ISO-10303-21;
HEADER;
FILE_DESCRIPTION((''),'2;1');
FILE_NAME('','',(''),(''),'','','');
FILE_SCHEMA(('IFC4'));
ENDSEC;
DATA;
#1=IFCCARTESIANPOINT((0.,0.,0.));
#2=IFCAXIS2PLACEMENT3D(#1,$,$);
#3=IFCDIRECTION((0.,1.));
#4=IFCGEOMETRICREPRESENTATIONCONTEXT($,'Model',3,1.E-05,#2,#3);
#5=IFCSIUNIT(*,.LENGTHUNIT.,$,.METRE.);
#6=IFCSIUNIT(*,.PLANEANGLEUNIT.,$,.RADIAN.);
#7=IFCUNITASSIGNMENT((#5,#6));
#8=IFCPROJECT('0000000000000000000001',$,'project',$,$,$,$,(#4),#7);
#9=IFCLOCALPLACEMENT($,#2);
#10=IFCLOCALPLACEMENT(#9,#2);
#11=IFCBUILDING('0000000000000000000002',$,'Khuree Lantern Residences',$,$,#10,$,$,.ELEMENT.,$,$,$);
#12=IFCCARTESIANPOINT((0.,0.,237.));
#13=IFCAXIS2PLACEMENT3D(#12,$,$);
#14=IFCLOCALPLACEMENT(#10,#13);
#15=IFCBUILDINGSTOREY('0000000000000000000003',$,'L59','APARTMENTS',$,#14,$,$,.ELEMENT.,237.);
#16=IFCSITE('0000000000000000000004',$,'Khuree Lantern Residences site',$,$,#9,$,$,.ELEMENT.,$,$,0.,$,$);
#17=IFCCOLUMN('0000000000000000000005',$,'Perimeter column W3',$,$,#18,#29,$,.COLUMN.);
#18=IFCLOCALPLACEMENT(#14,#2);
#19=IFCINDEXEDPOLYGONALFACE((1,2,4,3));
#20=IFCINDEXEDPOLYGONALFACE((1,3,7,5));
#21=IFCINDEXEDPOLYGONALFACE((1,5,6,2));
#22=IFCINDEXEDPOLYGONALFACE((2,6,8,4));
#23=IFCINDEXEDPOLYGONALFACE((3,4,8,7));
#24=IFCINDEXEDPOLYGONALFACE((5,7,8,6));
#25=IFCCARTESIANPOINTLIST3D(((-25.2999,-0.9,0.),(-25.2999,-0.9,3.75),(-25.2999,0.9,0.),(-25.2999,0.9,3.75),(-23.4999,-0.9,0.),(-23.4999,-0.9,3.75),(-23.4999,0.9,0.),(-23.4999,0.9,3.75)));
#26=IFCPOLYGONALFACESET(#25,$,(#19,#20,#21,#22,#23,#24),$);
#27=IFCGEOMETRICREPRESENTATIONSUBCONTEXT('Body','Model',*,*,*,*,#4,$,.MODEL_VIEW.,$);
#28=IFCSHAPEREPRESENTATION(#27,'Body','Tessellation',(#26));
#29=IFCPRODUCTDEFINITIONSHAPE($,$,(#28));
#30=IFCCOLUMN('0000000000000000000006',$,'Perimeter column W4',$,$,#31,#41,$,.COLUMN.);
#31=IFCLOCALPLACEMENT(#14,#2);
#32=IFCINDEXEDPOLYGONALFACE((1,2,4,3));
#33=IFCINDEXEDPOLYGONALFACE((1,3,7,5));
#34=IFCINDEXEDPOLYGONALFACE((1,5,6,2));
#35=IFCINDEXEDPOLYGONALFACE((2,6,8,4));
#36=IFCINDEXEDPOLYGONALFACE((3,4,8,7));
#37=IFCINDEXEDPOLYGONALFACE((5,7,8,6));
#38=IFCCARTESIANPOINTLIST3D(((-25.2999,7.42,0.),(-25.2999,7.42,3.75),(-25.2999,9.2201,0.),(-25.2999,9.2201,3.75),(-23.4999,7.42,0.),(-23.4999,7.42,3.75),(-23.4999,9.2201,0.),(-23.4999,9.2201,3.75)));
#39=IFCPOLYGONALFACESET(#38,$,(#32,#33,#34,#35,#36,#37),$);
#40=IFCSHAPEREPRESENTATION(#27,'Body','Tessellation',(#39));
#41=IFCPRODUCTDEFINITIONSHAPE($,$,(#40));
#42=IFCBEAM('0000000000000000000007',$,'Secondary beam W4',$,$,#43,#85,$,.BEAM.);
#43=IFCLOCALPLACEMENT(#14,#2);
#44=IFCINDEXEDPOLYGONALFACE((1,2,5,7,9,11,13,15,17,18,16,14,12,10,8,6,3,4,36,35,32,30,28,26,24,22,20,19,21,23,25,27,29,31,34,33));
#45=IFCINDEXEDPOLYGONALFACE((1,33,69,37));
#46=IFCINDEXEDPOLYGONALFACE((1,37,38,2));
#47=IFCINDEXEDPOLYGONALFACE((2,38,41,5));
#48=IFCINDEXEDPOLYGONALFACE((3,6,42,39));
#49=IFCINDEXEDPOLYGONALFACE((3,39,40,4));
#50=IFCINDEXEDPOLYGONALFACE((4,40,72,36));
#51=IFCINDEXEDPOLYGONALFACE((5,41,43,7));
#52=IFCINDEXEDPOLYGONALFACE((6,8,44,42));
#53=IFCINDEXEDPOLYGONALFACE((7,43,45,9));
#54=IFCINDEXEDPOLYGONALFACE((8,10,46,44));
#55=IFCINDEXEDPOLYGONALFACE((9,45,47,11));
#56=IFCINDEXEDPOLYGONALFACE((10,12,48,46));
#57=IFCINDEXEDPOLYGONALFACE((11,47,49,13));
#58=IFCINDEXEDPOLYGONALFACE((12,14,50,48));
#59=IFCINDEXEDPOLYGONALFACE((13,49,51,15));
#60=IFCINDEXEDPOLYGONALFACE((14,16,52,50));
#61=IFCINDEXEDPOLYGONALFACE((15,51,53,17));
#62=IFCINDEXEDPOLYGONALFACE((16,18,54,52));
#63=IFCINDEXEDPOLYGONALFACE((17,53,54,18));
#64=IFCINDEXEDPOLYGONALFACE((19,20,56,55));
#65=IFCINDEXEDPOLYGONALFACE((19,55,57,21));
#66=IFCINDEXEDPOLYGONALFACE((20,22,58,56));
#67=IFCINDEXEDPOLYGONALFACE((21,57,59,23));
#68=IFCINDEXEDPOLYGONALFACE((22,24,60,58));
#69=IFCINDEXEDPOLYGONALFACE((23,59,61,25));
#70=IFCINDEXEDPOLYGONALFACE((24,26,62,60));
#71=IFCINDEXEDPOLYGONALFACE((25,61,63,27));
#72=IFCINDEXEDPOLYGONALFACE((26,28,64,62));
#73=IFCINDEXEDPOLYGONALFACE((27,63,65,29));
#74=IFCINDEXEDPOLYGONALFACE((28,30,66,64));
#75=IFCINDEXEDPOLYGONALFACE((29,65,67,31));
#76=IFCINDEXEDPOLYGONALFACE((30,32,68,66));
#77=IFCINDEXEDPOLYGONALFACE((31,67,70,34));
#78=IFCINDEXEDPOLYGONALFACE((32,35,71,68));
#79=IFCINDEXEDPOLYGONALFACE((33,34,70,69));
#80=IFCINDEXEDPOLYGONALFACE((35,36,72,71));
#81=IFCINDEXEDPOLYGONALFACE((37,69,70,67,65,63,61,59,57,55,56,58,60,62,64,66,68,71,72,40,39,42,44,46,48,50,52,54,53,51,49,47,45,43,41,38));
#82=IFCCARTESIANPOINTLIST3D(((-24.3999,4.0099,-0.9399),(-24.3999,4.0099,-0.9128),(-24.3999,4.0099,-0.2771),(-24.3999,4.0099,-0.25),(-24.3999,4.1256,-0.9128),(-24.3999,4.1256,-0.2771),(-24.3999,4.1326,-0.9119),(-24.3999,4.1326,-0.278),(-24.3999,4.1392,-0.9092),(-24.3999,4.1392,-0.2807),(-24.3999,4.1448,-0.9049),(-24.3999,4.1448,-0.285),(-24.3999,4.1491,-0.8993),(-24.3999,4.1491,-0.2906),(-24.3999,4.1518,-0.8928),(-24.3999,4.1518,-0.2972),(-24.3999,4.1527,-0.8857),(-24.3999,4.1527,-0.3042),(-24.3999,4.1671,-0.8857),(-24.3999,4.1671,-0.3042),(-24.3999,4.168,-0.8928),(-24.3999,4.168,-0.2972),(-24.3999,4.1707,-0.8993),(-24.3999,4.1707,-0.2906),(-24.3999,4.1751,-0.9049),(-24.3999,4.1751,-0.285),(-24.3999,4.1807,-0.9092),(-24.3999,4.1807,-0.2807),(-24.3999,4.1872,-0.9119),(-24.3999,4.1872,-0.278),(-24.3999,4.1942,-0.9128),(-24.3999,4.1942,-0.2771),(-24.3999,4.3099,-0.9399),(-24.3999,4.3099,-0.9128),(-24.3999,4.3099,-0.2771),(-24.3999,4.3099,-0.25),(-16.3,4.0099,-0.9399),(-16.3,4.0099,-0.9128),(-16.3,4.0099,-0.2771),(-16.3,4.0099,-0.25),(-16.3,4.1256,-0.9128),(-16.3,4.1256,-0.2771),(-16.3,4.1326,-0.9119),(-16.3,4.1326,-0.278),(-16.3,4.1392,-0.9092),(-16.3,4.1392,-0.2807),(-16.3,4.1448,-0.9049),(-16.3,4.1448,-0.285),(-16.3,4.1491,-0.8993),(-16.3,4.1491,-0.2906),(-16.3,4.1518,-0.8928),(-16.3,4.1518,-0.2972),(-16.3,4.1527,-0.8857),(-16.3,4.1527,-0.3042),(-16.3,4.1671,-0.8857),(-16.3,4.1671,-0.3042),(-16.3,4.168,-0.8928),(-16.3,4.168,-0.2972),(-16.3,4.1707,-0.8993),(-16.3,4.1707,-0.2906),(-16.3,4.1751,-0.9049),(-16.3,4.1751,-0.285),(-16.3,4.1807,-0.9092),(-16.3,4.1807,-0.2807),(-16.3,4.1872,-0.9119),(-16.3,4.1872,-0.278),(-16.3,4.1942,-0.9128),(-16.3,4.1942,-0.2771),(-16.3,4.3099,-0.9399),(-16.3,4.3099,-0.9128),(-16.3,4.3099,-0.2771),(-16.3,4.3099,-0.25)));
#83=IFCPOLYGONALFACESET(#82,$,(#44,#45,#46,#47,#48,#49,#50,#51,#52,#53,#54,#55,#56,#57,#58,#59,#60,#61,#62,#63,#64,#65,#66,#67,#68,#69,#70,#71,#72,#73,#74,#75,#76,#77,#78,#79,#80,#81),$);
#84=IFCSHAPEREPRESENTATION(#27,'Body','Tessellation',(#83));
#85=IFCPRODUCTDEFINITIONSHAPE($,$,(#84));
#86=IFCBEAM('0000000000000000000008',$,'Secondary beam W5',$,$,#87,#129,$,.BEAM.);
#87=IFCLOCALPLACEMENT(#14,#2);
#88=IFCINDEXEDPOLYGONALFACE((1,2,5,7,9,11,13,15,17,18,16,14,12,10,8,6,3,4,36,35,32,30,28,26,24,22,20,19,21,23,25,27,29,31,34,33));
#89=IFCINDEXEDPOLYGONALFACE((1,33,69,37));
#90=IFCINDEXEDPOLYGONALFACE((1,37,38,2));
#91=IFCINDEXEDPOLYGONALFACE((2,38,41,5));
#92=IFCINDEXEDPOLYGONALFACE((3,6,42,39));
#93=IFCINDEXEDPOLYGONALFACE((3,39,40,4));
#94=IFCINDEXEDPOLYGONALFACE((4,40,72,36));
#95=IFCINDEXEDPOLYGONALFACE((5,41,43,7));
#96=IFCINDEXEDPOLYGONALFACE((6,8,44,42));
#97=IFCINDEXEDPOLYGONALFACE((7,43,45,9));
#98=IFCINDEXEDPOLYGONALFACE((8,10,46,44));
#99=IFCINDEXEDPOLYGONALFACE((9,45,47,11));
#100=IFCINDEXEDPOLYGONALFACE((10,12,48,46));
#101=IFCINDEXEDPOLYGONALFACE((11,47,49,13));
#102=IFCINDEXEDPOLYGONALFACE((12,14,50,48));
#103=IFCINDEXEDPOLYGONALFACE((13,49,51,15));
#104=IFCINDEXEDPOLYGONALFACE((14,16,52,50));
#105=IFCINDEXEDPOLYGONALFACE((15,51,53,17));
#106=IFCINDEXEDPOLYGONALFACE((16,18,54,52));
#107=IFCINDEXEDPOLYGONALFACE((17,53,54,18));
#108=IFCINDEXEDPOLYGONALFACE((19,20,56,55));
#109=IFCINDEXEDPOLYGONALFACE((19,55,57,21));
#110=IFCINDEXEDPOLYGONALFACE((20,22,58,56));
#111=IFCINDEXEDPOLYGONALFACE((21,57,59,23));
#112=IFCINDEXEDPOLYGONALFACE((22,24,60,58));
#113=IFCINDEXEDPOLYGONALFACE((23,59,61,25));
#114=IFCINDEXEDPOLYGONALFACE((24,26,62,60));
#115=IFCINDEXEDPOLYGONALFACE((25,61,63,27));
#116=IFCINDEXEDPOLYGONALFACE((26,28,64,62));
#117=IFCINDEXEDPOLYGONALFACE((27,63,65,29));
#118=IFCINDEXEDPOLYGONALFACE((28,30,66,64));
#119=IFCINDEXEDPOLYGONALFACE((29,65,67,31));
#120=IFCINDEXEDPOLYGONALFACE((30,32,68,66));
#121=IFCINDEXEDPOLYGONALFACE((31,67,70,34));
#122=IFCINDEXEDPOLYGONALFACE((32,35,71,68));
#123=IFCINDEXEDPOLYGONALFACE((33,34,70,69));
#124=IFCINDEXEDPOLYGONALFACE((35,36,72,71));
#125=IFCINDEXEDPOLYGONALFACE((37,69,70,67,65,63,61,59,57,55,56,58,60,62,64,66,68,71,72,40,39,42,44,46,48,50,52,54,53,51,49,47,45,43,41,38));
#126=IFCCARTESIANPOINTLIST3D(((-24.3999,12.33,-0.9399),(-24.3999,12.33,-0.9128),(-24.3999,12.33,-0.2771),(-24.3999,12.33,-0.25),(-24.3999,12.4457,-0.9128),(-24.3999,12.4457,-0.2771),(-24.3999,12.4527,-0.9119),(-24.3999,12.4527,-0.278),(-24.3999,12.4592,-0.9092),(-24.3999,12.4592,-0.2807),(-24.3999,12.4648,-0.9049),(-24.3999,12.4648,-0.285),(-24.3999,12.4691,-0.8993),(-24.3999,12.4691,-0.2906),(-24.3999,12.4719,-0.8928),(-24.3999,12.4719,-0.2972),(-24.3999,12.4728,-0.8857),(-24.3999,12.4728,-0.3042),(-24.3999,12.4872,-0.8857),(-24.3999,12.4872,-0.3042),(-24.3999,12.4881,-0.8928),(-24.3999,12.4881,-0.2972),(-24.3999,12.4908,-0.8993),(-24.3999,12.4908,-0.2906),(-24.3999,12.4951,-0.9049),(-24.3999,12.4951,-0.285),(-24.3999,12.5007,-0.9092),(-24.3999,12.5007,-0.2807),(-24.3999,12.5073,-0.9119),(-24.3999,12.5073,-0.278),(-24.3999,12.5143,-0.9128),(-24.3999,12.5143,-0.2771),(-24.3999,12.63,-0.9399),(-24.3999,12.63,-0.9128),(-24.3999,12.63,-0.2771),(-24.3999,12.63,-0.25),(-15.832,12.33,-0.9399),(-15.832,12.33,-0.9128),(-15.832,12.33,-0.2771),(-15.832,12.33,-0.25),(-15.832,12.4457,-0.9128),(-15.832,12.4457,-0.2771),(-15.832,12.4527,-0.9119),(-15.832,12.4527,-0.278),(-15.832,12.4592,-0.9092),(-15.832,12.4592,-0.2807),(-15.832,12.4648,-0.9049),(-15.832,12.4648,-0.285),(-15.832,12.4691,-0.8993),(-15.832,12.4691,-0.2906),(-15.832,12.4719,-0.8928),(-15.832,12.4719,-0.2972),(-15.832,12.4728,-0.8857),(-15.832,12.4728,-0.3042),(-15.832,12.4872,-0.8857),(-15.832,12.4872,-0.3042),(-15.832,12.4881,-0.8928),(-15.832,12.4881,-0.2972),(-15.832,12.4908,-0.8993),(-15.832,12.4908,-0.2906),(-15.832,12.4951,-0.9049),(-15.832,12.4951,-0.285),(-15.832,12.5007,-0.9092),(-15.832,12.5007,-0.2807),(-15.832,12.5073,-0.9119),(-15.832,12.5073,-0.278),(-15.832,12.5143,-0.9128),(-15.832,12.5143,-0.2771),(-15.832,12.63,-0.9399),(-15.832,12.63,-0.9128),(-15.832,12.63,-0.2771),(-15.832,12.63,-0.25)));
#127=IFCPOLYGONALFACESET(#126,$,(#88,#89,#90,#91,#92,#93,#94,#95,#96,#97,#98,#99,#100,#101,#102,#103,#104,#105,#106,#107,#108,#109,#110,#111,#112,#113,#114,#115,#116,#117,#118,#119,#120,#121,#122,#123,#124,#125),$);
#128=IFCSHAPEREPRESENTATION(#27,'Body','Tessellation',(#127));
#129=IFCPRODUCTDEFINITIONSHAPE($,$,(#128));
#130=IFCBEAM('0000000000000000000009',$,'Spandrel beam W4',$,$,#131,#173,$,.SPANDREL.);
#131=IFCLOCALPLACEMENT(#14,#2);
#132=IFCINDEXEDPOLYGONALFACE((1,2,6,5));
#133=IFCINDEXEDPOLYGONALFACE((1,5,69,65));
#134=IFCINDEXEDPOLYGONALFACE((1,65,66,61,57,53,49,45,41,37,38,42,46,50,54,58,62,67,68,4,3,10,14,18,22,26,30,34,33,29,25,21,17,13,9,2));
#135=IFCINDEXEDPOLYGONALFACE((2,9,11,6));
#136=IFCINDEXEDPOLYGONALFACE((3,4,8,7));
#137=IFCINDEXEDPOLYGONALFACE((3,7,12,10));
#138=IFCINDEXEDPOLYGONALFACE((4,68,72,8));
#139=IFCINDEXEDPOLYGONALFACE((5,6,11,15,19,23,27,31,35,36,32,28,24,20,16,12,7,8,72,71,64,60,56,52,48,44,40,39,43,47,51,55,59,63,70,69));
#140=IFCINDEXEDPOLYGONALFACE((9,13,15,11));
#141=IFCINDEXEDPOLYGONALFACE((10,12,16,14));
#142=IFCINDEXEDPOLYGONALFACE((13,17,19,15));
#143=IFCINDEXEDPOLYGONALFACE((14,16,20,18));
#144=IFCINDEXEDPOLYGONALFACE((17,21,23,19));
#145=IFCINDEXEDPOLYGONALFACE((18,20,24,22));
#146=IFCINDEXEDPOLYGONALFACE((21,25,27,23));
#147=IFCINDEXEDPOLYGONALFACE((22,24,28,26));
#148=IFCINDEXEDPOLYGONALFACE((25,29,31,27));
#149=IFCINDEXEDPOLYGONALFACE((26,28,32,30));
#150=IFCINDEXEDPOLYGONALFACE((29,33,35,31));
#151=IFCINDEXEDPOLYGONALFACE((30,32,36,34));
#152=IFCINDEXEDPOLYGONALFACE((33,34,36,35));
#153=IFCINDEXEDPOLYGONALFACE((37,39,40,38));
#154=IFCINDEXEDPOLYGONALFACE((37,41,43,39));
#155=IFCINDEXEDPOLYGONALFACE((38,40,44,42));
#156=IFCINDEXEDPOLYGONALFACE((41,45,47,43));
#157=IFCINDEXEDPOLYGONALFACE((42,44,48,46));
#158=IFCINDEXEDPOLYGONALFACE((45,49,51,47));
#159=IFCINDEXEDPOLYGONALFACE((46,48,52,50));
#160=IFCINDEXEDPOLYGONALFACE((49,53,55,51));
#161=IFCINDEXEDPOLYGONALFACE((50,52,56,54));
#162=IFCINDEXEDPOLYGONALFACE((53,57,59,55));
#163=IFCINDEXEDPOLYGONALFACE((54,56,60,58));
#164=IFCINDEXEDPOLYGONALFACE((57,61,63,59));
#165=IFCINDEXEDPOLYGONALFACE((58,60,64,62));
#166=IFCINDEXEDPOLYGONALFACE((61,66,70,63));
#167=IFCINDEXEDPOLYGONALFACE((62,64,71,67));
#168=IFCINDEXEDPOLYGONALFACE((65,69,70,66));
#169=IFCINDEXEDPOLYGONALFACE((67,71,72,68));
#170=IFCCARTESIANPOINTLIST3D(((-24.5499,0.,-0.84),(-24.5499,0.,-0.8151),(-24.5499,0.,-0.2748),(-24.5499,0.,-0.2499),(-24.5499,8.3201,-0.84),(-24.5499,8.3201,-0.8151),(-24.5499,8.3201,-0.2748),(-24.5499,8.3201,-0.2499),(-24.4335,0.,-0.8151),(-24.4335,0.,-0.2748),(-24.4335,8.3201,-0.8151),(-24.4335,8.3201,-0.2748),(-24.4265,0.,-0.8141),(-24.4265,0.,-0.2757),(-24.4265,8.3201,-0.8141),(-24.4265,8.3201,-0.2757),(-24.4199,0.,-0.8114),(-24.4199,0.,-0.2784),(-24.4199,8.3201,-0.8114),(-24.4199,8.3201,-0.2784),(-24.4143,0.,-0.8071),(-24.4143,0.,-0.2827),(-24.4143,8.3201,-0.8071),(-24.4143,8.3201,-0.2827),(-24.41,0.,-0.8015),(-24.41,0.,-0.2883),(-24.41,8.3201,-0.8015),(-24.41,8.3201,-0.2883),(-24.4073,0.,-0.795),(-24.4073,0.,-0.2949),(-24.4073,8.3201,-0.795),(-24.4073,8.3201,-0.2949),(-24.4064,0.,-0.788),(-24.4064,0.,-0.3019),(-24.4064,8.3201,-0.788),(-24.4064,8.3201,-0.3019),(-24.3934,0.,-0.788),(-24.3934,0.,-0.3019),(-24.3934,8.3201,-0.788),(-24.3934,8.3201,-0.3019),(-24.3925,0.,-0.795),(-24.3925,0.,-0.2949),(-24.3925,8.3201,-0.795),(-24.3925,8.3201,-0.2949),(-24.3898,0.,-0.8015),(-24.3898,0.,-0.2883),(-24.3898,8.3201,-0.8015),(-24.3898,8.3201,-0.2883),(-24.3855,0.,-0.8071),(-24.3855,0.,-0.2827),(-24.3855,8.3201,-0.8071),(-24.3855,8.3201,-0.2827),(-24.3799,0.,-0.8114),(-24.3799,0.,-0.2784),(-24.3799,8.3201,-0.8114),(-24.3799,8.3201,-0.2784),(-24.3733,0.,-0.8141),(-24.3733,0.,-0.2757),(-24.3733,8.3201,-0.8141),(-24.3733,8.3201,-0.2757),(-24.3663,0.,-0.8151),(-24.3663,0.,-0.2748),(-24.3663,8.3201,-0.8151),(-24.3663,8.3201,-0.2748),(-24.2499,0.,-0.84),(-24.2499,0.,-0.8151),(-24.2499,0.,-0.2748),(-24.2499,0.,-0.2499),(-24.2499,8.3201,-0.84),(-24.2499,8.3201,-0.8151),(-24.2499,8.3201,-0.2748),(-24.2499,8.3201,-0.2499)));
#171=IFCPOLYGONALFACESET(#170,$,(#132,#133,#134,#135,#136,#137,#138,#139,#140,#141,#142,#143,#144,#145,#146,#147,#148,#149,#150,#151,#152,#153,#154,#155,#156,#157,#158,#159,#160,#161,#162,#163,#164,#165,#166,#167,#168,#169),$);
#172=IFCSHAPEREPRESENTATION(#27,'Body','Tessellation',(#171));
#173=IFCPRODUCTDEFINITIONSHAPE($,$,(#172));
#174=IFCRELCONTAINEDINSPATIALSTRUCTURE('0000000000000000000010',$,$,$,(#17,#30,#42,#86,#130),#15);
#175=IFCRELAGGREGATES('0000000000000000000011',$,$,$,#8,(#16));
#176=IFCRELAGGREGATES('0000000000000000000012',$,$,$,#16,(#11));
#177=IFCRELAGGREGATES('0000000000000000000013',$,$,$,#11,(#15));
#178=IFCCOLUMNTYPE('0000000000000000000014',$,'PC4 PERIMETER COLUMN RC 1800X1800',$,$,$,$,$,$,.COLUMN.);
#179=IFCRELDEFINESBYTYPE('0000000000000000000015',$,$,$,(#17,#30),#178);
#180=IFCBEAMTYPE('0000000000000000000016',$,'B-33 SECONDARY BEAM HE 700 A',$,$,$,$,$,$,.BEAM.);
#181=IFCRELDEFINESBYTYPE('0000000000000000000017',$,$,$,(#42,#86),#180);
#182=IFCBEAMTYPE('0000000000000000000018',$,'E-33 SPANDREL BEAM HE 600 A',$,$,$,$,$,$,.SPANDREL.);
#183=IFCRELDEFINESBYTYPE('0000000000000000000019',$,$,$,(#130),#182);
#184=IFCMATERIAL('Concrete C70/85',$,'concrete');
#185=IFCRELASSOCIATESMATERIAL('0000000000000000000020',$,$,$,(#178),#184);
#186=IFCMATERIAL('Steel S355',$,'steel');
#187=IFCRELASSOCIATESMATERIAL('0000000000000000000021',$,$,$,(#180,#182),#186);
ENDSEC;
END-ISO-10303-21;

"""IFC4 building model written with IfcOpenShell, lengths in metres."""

from ifc_helpers import new_model, si_unit, direction, frame, origin, origin_2d, place, context, subcontext, project, spatial, rectangle, i_section, extrude, material, material_profile, profile_set, type_object, element, save


model = new_model("IFC4")

# Units and contexts
model_context = context("Model", 3, precision=1e-05, world=origin(), true_north=direction((0.0, 1.0)))
body_context = subcontext(model_context, "Body", "Model", "MODEL_VIEW")
ifc_project = project(units=[si_unit("LENGTHUNIT", "METRE"), si_unit("PLANEANGLEUNIT", "RADIAN")], contexts=[model_context])

# Site, building, storey
site_placement = place(None, origin())
site = spatial("IfcSite", under=ifc_project, at=site_placement, Name="Khuree Lantern Residences site", CompositionType="ELEMENT", RefElevation=0.0)
building_placement = place(site_placement, origin())
building = spatial("IfcBuilding", under=site, at=building_placement, Name="Khuree Lantern Residences", CompositionType="ELEMENT")
storey_placement = place(building_placement, frame((0.0, 0.0, 237.0)))
storey = spatial("IfcBuildingStorey", under=building, at=storey_placement, Name="L59", Description="APARTMENTS", CompositionType="ELEMENT", Elevation=237.0)

# Columns
ifc_material_1 = material(Name="Concrete C70/85", Category="concrete")
ifc_material_profile_1 = material_profile(ifc_material_1, rectangle(XDim=1.8, YDim=1.8, at=origin_2d()), Name="RC 1800X1800")
ifc_profile_set_1 = profile_set([ifc_material_profile_1], Name="Concrete C70/85")
column_type = type_object("IfcColumnType", Name="PC4 PERIMETER COLUMN RC 1800X1800", PredefinedType="COLUMN", material=ifc_profile_set_1)
for number, where, z_axis, x_axis, name in (
    (1, (-24.3999, 0.0, 0.0), (0.0, 0.0, 1.0), (0.0, 1.0, 0.0), "Perimeter column W3"),
    (2, (-24.3999, 8.3201, 0.0), (0.0, 0.0, 1.0), (0.0, 1.0, 0.0), "Perimeter column W4"),
):
    element("IfcColumn", number, at=place(storey_placement, frame(where, z_axis=z_axis, x_axis=x_axis)), inside=storey, type_object=column_type, Name=name, PredefinedType="COLUMN", context=body_context, shape_type="SweptSolid", body=[
        extrude(rectangle(XDim=1.8, YDim=1.8, at=origin_2d()), origin(), (0.0, 0.0, 1.0), 3.75),
    ])

# Beams
ifc_material_2 = material(Name="Steel S355", Category="steel")
ifc_material_profile_2 = material_profile(ifc_material_2, i_section(OverallWidth=0.3, OverallDepth=0.6899, WebThickness=0.0144, FlangeThickness=0.0271, FilletRadius=0.0271, at=origin_2d()), Name="HE 700 A")
ifc_profile_set_2 = profile_set([ifc_material_profile_2], Name="Steel S355")
beam_type_1 = type_object("IfcBeamType", Name="B-33 SECONDARY BEAM HE 700 A", PredefinedType="BEAM", material=ifc_profile_set_2)
beam_1_placement = place(storey_placement, frame((-24.3999, 4.1599, -0.595), z_axis=(1.0, 0.0, 0.0), x_axis=(0.0, 1.0, 0.0)))
element("IfcBeam", 3, at=beam_1_placement, inside=storey, type_object=beam_type_1, Name="Secondary beam W4", PredefinedType="BEAM", context=body_context, shape_type="SweptSolid", body=[
    extrude(i_section(OverallWidth=0.3, OverallDepth=0.6899, WebThickness=0.0144, FlangeThickness=0.0271, FilletRadius=0.0271, at=origin_2d()), origin(), (0.0, 0.0, 1.0), 8.0999),
])
beam_2_placement = place(storey_placement, frame((-24.3999, 12.48, -0.595), z_axis=(1.0, 0.0, 0.0), x_axis=(0.0, 1.0, 0.0)))
element("IfcBeam", 4, at=beam_2_placement, inside=storey, type_object=beam_type_1, Name="Secondary beam W5", PredefinedType="BEAM", context=body_context, shape_type="SweptSolid", body=[
    extrude(i_section(OverallWidth=0.3, OverallDepth=0.6899, WebThickness=0.0144, FlangeThickness=0.0271, FilletRadius=0.0271, at=origin_2d()), origin(), (0.0, 0.0, 1.0), 8.5679),
])
ifc_material_profile_3 = material_profile(ifc_material_2, i_section(OverallWidth=0.3, OverallDepth=0.5901, WebThickness=0.0129, FlangeThickness=0.0249, FilletRadius=0.0271, at=origin_2d()), Name="HE 600 A")
ifc_profile_set_3 = profile_set([ifc_material_profile_3], Name="Steel S355")
beam_type_2 = type_object("IfcBeamType", Name="E-33 SPANDREL BEAM HE 600 A", PredefinedType="SPANDREL", material=ifc_profile_set_3)
beam_3_placement = place(storey_placement, frame((-24.3999, 0.0, -0.5449), z_axis=(0.0, 1.0, 0.0), x_axis=(-1.0, 0.0, 0.0)))
element("IfcBeam", 5, at=beam_3_placement, inside=storey, type_object=beam_type_2, Name="Spandrel beam W4", PredefinedType="SPANDREL", context=body_context, shape_type="SweptSolid", body=[
    extrude(i_section(OverallWidth=0.3, OverallDepth=0.5901, WebThickness=0.0129, FlangeThickness=0.0249, FilletRadius=0.0271, at=origin_2d()), origin(), (0.0, 0.0, 1.0), 8.3201),
])

save(model, "model.ifc")
